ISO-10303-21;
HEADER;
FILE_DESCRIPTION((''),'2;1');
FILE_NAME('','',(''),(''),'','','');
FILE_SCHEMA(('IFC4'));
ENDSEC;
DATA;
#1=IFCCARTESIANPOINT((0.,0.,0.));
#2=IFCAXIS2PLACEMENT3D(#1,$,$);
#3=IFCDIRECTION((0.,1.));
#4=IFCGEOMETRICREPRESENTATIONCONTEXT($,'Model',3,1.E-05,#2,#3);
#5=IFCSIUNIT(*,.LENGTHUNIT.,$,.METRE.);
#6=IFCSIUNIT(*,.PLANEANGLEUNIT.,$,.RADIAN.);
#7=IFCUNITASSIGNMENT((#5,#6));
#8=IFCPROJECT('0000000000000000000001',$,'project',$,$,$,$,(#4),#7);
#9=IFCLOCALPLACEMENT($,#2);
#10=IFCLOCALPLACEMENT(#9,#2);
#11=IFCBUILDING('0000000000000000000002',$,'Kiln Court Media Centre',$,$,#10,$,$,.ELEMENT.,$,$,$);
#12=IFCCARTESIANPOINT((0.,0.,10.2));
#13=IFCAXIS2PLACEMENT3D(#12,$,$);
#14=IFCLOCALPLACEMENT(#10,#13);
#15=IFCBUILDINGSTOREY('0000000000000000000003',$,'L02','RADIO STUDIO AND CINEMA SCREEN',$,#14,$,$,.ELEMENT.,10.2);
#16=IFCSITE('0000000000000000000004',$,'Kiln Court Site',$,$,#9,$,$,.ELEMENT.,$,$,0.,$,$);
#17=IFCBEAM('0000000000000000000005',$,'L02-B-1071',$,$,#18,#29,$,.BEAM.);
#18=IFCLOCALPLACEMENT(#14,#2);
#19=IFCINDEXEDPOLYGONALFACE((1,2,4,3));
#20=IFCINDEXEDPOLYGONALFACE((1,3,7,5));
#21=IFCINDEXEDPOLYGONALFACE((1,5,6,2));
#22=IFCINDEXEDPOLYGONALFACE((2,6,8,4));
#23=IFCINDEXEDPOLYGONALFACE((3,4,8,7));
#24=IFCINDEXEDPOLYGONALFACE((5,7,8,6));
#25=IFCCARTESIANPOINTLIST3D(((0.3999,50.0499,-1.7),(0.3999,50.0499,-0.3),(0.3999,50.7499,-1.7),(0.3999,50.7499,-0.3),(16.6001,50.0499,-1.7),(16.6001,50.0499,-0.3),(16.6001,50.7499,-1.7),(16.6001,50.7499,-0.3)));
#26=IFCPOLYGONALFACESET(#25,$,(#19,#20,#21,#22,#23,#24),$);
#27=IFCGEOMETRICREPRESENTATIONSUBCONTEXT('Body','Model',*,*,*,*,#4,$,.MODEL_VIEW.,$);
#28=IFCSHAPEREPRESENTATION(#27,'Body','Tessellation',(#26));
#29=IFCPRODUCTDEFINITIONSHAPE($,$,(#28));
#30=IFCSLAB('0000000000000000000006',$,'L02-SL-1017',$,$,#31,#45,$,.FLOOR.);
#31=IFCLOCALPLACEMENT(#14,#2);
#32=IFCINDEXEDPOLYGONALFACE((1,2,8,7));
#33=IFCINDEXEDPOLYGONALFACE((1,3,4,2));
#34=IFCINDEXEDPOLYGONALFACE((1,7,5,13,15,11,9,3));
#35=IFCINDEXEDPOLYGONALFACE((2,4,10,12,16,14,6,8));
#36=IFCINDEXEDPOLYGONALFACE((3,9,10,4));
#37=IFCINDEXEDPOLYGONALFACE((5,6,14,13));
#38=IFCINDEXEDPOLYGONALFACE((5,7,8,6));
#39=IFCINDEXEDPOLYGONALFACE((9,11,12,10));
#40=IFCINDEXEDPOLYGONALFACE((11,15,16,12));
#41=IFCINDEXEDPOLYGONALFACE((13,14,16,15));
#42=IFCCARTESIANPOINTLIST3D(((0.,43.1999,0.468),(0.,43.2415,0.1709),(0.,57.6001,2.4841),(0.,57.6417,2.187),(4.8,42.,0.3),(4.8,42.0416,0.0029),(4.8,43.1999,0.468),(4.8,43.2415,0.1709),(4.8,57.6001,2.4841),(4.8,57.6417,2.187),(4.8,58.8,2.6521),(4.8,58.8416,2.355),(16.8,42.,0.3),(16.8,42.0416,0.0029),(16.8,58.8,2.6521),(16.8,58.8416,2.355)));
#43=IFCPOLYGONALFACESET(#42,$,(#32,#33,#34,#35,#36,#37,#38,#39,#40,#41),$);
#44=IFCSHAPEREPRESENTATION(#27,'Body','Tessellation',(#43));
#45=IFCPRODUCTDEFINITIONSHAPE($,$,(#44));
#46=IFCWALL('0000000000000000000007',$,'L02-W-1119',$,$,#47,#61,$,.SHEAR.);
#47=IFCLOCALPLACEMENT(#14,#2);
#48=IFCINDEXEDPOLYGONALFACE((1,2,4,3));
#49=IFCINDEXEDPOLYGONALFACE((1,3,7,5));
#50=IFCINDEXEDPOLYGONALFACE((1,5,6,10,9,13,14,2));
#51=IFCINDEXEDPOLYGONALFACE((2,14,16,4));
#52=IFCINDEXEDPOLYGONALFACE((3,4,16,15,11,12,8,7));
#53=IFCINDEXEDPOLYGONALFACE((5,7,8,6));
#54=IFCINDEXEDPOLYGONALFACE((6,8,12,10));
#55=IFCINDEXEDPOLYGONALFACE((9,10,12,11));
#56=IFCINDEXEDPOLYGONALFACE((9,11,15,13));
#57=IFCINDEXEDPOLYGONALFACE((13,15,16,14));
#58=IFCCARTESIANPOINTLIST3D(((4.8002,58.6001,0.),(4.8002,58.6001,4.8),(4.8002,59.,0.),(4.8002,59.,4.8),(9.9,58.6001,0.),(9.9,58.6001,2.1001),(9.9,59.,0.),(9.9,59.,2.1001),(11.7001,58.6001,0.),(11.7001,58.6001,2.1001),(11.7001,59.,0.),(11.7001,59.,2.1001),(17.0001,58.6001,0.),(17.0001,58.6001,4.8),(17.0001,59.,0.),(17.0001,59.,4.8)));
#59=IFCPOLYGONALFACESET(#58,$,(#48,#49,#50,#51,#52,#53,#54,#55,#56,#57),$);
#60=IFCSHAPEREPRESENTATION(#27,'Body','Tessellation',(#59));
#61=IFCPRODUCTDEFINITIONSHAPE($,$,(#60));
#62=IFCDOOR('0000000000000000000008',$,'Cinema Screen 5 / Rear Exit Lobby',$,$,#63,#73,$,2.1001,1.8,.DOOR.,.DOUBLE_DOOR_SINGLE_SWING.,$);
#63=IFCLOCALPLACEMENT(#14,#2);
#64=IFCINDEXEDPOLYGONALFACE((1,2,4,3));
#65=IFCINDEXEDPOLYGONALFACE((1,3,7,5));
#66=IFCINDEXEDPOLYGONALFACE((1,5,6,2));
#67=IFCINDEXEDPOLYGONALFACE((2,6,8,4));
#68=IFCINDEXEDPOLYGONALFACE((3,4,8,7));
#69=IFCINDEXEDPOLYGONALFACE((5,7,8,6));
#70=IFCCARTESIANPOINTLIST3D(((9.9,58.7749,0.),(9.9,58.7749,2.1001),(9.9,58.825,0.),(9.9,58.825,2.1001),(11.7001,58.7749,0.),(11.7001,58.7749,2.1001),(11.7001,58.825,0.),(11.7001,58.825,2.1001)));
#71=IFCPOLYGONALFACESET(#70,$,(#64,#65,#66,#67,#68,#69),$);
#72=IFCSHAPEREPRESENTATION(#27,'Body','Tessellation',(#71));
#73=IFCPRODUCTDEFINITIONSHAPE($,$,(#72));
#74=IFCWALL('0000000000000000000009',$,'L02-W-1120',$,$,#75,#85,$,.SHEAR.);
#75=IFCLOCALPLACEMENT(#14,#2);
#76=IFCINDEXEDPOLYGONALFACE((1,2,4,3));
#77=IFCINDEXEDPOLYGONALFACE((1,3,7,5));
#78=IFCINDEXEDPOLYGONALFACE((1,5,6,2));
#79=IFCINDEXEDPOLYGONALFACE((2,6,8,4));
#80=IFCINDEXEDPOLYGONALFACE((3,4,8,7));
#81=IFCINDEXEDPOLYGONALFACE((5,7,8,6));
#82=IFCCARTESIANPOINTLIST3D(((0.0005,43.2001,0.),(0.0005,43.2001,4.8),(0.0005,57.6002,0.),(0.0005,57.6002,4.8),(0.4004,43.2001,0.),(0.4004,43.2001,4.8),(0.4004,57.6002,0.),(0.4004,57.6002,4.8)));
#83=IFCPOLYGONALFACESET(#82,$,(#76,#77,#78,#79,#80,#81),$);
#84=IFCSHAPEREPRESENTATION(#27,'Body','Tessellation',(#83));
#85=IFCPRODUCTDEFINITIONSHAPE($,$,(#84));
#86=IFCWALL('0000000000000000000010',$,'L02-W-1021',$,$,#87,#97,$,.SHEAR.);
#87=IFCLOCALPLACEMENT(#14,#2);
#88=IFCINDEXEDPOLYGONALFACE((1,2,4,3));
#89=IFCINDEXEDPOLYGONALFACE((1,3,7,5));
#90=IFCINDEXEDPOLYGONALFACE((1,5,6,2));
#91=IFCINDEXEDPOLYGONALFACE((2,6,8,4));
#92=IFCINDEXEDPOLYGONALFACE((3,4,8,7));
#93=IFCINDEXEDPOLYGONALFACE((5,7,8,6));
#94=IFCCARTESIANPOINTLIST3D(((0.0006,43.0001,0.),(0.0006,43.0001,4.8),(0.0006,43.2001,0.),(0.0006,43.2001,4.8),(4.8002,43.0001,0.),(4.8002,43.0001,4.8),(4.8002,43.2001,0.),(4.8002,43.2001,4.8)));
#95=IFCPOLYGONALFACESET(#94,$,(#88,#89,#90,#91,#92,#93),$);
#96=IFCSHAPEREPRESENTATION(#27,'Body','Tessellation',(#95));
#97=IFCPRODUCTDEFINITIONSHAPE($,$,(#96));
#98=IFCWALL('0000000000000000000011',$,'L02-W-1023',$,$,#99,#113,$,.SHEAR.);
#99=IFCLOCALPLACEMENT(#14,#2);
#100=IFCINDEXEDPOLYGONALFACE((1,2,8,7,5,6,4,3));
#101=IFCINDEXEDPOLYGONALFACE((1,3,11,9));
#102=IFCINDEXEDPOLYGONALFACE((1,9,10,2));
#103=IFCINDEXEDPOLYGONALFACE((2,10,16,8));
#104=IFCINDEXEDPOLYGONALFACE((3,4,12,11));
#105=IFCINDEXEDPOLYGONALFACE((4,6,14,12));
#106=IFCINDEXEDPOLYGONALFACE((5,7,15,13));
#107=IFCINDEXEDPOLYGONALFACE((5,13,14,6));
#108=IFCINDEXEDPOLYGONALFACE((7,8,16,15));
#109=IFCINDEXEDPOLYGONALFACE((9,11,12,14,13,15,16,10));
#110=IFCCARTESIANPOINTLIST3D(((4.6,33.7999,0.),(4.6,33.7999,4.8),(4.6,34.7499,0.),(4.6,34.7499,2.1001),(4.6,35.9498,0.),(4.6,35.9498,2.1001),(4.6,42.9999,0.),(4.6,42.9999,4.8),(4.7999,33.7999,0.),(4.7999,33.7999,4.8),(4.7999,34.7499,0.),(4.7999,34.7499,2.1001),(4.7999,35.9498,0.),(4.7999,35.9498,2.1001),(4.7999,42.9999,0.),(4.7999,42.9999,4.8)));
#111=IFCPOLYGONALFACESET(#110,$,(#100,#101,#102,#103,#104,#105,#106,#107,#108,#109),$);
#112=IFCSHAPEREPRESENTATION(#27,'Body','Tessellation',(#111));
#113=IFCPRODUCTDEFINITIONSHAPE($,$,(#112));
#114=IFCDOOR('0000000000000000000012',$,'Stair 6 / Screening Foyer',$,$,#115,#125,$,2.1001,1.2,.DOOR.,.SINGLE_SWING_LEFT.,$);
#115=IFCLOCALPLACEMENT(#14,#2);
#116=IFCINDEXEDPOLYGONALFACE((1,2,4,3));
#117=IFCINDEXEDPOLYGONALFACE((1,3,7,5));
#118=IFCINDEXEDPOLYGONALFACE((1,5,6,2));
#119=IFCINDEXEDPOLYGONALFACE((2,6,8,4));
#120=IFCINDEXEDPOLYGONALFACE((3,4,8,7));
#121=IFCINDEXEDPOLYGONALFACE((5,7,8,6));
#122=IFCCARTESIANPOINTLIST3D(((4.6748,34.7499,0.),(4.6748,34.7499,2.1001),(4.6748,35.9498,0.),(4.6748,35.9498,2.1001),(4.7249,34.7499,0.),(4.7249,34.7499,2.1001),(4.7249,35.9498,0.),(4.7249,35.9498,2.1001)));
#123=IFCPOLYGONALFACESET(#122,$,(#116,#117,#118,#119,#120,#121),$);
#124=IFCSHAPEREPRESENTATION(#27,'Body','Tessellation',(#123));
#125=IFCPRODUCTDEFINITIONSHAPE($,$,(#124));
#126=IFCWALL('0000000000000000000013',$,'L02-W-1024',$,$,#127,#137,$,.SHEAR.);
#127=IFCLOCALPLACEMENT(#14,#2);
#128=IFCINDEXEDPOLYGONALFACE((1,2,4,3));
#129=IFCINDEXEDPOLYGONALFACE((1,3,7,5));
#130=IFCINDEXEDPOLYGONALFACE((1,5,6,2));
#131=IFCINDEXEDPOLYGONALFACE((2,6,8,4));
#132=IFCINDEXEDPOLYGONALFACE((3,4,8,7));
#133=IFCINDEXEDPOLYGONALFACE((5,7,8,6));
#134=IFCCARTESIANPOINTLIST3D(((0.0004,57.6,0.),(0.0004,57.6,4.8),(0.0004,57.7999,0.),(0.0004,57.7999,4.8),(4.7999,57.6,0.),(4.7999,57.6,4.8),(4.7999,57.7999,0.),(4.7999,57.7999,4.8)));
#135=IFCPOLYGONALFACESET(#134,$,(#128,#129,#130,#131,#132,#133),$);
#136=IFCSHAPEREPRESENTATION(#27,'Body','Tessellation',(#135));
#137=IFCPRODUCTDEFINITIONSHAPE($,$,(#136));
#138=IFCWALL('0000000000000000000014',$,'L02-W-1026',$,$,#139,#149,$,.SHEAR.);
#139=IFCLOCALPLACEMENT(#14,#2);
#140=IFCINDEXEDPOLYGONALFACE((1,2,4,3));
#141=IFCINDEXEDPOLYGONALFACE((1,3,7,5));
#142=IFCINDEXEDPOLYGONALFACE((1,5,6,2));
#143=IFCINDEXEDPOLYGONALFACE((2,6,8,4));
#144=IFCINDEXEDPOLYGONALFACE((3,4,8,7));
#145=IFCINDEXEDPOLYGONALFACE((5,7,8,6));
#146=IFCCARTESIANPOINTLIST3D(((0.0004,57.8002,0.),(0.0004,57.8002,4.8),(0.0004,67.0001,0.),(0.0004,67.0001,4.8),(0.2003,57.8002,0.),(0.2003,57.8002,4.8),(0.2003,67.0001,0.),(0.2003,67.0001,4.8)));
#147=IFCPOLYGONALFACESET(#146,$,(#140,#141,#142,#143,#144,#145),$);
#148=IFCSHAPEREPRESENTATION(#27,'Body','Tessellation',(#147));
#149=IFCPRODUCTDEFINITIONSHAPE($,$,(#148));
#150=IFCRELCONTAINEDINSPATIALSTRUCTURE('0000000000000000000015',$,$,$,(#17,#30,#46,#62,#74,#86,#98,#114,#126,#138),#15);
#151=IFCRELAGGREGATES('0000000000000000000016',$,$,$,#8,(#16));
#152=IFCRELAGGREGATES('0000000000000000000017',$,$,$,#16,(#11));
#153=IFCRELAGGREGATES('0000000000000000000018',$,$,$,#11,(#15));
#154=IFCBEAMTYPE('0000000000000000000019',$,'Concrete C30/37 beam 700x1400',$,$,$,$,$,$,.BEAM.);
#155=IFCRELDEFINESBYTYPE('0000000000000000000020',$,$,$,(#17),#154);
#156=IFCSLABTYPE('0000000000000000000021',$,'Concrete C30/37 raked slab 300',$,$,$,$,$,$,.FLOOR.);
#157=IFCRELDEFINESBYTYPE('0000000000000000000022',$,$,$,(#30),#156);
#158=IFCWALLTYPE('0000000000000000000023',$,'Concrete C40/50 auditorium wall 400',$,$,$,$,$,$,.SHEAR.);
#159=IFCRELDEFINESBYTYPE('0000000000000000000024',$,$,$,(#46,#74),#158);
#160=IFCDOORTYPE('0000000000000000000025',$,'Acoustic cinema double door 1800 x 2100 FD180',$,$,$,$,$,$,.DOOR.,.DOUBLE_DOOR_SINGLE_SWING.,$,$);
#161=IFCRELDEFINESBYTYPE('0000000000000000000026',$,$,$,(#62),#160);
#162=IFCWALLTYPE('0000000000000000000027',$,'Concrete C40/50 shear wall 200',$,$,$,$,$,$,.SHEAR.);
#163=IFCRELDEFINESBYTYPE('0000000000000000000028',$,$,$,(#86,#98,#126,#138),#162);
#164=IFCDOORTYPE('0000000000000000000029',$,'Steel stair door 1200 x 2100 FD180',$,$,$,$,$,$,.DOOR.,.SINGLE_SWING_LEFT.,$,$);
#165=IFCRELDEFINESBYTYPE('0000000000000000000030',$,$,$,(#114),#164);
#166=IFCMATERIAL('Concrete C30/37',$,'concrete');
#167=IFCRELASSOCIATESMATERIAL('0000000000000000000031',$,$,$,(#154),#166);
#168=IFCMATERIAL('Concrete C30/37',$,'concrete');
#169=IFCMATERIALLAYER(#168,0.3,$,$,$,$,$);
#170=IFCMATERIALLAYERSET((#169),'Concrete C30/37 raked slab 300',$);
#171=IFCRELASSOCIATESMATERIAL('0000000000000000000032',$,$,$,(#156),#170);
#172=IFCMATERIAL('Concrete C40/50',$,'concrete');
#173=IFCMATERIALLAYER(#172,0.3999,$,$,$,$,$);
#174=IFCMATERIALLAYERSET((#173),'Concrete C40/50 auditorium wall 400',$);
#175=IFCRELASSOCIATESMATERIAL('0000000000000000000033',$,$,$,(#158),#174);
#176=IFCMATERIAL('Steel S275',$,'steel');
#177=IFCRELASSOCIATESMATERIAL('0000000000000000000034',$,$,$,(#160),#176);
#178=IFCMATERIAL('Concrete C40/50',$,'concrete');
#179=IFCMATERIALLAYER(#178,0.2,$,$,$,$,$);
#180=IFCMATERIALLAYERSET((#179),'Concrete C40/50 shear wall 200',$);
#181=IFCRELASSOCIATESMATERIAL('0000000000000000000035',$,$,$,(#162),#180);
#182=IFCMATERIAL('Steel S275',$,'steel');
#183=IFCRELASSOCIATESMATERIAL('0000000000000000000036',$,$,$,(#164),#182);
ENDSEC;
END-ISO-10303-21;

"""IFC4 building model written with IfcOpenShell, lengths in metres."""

from ifc_helpers import new_model, si_unit, direction, frame, frame_2d, origin, origin_2d, place, context, subcontext, project, spatial, polyline, rectangle, outline, extrude, material, layer, layer_set, material_profile, profile_set, type_object, element, fill, save


model = new_model("IFC4")

# Units and contexts
model_context = context("Model", 3, precision=1e-05, world=origin(), true_north=direction((0.0, 1.0)))
body_context = subcontext(model_context, "Body", "Model", "MODEL_VIEW")
ifc_project = project(units=[si_unit("LENGTHUNIT", "METRE"), si_unit("PLANEANGLEUNIT", "RADIAN")], contexts=[model_context])

# Site, building, storey
site_placement = place(None, origin())
site = spatial("IfcSite", under=ifc_project, at=site_placement, Name="Kiln Court Site", CompositionType="ELEMENT", RefElevation=0.0)
building_placement = place(site_placement, origin())
building = spatial("IfcBuilding", under=site, at=building_placement, Name="Kiln Court Media Centre", CompositionType="ELEMENT")
storey_placement = place(building_placement, frame((0.0, 0.0, 10.2)))
storey = spatial("IfcBuildingStorey", under=building, at=storey_placement, Name="L02", Description="RADIO STUDIO AND CINEMA SCREEN", CompositionType="ELEMENT", Elevation=10.2)

# Beam
ifc_material_1 = material(Name="Concrete C30/37", Category="concrete")
ifc_material_profile = material_profile(ifc_material_1, rectangle(XDim=0.7, YDim=1.3999, at=origin_2d()), Name="RC 700x1400")
ifc_profile_set = profile_set([ifc_material_profile], Name="Concrete C30/37")
beam_type = type_object("IfcBeamType", Name="Concrete C30/37 beam 700x1400", PredefinedType="BEAM", material=ifc_profile_set)
beam_placement = place(storey_placement, frame((0.3999, 50.3999, -1.0), z_axis=(1.0, 0.0, 0.0), x_axis=(0.0, 1.0, 0.0)))
element("IfcBeam", 1, at=beam_placement, inside=storey, type_object=beam_type, Name="L02-B-1071", PredefinedType="BEAM", context=body_context, shape_type="SweptSolid", body=[
    extrude(rectangle(XDim=0.7, YDim=1.3999, at=origin_2d()), origin(), (0.0, 0.0, 1.0), 16.2002),
])

# Slab
ifc_material_2 = material(Name="Concrete C30/37", Category="concrete")
ifc_layer_1 = layer(ifc_material_2, 0.3)
ifc_layer_set_1 = layer_set([ifc_layer_1], Name="Concrete C30/37 raked slab 300")
slab_type = type_object("IfcSlabType", Name="Concrete C30/37 raked slab 300", PredefinedType="FLOOR", material=ifc_layer_set_1)
slab_placement = place(storey_placement, frame((4.8, 42.0, 0.3), z_axis=(0.0, -0.138651, 0.990341), x_axis=(0.0, 0.990341, 0.138651)))
element("IfcSlab", 2, at=slab_placement, inside=storey, type_object=slab_type, Name="L02-SL-1017", PredefinedType="FLOOR", context=body_context, shape_type="SweptSolid", body=[
    extrude(outline(polyline([(0.0, 0.0), (1.2117, 0.0), (1.2117, 4.8), (15.7522, 4.8), (15.7522, 0.0), (16.9639, 0.0), (16.9639, -12.0), (0.0, -12.0), (0.0, 0.0)])), origin(), (0.0, 0.0, -1.0), 0.3),
])

# Wall, opening, door
ifc_material_3 = material(Name="Concrete C40/50", Category="concrete")
ifc_layer_2 = layer(ifc_material_3, 0.3999)
ifc_layer_set_2 = layer_set([ifc_layer_2], Name="Concrete C40/50 auditorium wall 400")
wall_type_1 = type_object("IfcWallType", Name="Concrete C40/50 auditorium wall 400", PredefinedType="SHEAR", material=ifc_layer_set_2)
wall_1_placement = place(storey_placement, frame((4.8, 58.8, 0.0), z_axis=(0.0, 0.0, 1.0), x_axis=(1.0, 0.0, 0.0)))
wall_1 = element("IfcWall", 3, at=wall_1_placement, inside=storey, type_object=wall_type_1, Name="L02-W-1119", PredefinedType="SHEAR", context=body_context, shape_type="SweptSolid", body=[
    extrude(rectangle(XDim=12.2, YDim=0.3999, at=frame_2d((6.1001, 0.0))), origin(), (0.0, 0.0, 1.0), 4.8),
])
opening_1_placement = place(wall_1_placement, frame((5.1001, 0.0, 0.0)))
opening_1 = element("IfcOpeningElement", 4, at=opening_1_placement, cuts=wall_1, PredefinedType="OPENING", context=body_context, shape_type="SweptSolid", body=[
    extrude(rectangle(XDim=1.8, YDim=2.1001, at=frame_2d((0.8999, 1.05))), frame((0.0, 0.21, 0.0), z_axis=(0.0, -1.0, 0.0), x_axis=(1.0, 0.0, 0.0)), (0.0, 0.0, 1.0), 0.4199),
])
ifc_material_4 = material(Name="Steel S275", Category="steel")
door_type_1 = type_object("IfcDoorType", Name="Acoustic cinema double door 1800 x 2100 FD180", OperationType="DOUBLE_DOOR_SINGLE_SWING", PredefinedType="DOOR", material=ifc_material_4)
door_1_placement = place(opening_1_placement, origin())
door_1 = element("IfcDoor", 5, at=door_1_placement, inside=storey, type_object=door_type_1, Name="Cinema Screen 5 / Rear Exit Lobby", OperationType="DOUBLE_DOOR_SINGLE_SWING", OverallHeight=2.1001, OverallWidth=1.8, PredefinedType="DOOR", context=body_context, shape_type="SweptSolid", body=[
    extrude(rectangle(XDim=1.8, YDim=2.1001, at=frame_2d((0.8999, 1.05))), frame((0.0, 0.0249, 0.0), z_axis=(0.0, -1.0, 0.0), x_axis=(1.0, 0.0, 0.0)), (0.0, 0.0, 1.0), 0.05),
])
fill(opening_1, door_1)

# Walls
wall_2_placement = place(storey_placement, frame((0.2004, 43.2, 0.0), z_axis=(0.0, 0.0, 1.0), x_axis=(0.0, 1.0, 0.0)))
element("IfcWall", 6, at=wall_2_placement, inside=storey, type_object=wall_type_1, Name="L02-W-1120", PredefinedType="SHEAR", context=body_context, shape_type="SweptSolid", body=[
    extrude(rectangle(XDim=14.4001, YDim=0.3999, at=frame_2d((7.2002, 0.0))), origin(), (0.0, 0.0, 1.0), 4.8),
])
ifc_material_5 = material(Name="Concrete C40/50", Category="concrete")
ifc_layer_3 = layer(ifc_material_5, 0.2)
ifc_layer_set_3 = layer_set([ifc_layer_3], Name="Concrete C40/50 shear wall 200")
wall_type_2 = type_object("IfcWallType", Name="Concrete C40/50 shear wall 200", PredefinedType="SHEAR", material=ifc_layer_set_3)
wall_3_placement = place(storey_placement, frame((0.0005, 43.1001, 0.0), z_axis=(0.0, 0.0, 1.0), x_axis=(1.0, 0.0, 0.0)))
element("IfcWall", 7, at=wall_3_placement, inside=storey, type_object=wall_type_2, Name="L02-W-1021", PredefinedType="SHEAR", context=body_context, shape_type="SweptSolid", body=[
    extrude(rectangle(XDim=4.7996, YDim=0.2, at=frame_2d((2.3999, 0.0))), origin(), (0.0, 0.0, 1.0), 4.8),
])

# Wall, opening, door
wall_4_placement = place(storey_placement, frame((4.7, 43.0, 0.0), z_axis=(0.0, 0.0, 1.0), x_axis=(0.0, -1.0, 0.0)))
wall_4 = element("IfcWall", 8, at=wall_4_placement, inside=storey, type_object=wall_type_2, Name="L02-W-1023", PredefinedType="SHEAR", context=body_context, shape_type="SweptSolid", body=[
    extrude(rectangle(XDim=9.2, YDim=0.2, at=frame_2d((4.6001, 0.0))), origin(), (0.0, 0.0, 1.0), 4.8),
])
opening_2_placement = place(wall_4_placement, frame((7.05, 0.0, 0.0)))
opening_2 = element("IfcOpeningElement", 9, at=opening_2_placement, cuts=wall_4, PredefinedType="OPENING", context=body_context, shape_type="SweptSolid", body=[
    extrude(rectangle(XDim=1.2, YDim=2.1001, at=frame_2d((0.6001, 1.05))), frame((0.0, 0.1099, 0.0), z_axis=(0.0, -1.0, 0.0), x_axis=(1.0, 0.0, 0.0)), (0.0, 0.0, 1.0), 0.22),
])
ifc_material_6 = material(Name="Steel S275", Category="steel")
door_type_2 = type_object("IfcDoorType", Name="Steel stair door 1200 x 2100 FD180", OperationType="SINGLE_SWING_LEFT", PredefinedType="DOOR", material=ifc_material_6)
door_2_placement = place(opening_2_placement, origin())
door_2 = element("IfcDoor", 10, at=door_2_placement, inside=storey, type_object=door_type_2, Name="Stair 6 / Screening Foyer", OperationType="SINGLE_SWING_LEFT", OverallHeight=2.1001, OverallWidth=1.2, PredefinedType="DOOR", context=body_context, shape_type="SweptSolid", body=[
    extrude(rectangle(XDim=1.2, YDim=2.1001, at=frame_2d((0.6001, 1.05))), frame((0.0, 0.0249, 0.0), z_axis=(0.0, -1.0, 0.0), x_axis=(1.0, 0.0, 0.0)), (0.0, 0.0, 1.0), 0.05),
])
fill(opening_2, door_2)

# Walls
wall_5_placement = place(storey_placement, frame((4.8, 57.7, 0.0), z_axis=(0.0, 0.0, 1.0), x_axis=(-1.0, 0.0, 0.0)))
element("IfcWall", 11, at=wall_5_placement, inside=storey, type_object=wall_type_2, Name="L02-W-1024", PredefinedType="SHEAR", context=body_context, shape_type="SweptSolid", body=[
    extrude(rectangle(XDim=4.7996, YDim=0.2, at=frame_2d((2.3999, 0.0))), origin(), (0.0, 0.0, 1.0), 4.8),
])
wall_6_placement = place(storey_placement, frame((0.1003, 57.8, 0.0), z_axis=(0.0, 0.0, 1.0), x_axis=(0.0, 1.0, 0.0)))
element("IfcWall", 12, at=wall_6_placement, inside=storey, type_object=wall_type_2, Name="L02-W-1026", PredefinedType="SHEAR", context=body_context, shape_type="SweptSolid", body=[
    extrude(rectangle(XDim=9.2, YDim=0.2, at=frame_2d((4.6001, 0.0))), origin(), (0.0, 0.0, 1.0), 4.8),
])

save(model, "model.ifc")
